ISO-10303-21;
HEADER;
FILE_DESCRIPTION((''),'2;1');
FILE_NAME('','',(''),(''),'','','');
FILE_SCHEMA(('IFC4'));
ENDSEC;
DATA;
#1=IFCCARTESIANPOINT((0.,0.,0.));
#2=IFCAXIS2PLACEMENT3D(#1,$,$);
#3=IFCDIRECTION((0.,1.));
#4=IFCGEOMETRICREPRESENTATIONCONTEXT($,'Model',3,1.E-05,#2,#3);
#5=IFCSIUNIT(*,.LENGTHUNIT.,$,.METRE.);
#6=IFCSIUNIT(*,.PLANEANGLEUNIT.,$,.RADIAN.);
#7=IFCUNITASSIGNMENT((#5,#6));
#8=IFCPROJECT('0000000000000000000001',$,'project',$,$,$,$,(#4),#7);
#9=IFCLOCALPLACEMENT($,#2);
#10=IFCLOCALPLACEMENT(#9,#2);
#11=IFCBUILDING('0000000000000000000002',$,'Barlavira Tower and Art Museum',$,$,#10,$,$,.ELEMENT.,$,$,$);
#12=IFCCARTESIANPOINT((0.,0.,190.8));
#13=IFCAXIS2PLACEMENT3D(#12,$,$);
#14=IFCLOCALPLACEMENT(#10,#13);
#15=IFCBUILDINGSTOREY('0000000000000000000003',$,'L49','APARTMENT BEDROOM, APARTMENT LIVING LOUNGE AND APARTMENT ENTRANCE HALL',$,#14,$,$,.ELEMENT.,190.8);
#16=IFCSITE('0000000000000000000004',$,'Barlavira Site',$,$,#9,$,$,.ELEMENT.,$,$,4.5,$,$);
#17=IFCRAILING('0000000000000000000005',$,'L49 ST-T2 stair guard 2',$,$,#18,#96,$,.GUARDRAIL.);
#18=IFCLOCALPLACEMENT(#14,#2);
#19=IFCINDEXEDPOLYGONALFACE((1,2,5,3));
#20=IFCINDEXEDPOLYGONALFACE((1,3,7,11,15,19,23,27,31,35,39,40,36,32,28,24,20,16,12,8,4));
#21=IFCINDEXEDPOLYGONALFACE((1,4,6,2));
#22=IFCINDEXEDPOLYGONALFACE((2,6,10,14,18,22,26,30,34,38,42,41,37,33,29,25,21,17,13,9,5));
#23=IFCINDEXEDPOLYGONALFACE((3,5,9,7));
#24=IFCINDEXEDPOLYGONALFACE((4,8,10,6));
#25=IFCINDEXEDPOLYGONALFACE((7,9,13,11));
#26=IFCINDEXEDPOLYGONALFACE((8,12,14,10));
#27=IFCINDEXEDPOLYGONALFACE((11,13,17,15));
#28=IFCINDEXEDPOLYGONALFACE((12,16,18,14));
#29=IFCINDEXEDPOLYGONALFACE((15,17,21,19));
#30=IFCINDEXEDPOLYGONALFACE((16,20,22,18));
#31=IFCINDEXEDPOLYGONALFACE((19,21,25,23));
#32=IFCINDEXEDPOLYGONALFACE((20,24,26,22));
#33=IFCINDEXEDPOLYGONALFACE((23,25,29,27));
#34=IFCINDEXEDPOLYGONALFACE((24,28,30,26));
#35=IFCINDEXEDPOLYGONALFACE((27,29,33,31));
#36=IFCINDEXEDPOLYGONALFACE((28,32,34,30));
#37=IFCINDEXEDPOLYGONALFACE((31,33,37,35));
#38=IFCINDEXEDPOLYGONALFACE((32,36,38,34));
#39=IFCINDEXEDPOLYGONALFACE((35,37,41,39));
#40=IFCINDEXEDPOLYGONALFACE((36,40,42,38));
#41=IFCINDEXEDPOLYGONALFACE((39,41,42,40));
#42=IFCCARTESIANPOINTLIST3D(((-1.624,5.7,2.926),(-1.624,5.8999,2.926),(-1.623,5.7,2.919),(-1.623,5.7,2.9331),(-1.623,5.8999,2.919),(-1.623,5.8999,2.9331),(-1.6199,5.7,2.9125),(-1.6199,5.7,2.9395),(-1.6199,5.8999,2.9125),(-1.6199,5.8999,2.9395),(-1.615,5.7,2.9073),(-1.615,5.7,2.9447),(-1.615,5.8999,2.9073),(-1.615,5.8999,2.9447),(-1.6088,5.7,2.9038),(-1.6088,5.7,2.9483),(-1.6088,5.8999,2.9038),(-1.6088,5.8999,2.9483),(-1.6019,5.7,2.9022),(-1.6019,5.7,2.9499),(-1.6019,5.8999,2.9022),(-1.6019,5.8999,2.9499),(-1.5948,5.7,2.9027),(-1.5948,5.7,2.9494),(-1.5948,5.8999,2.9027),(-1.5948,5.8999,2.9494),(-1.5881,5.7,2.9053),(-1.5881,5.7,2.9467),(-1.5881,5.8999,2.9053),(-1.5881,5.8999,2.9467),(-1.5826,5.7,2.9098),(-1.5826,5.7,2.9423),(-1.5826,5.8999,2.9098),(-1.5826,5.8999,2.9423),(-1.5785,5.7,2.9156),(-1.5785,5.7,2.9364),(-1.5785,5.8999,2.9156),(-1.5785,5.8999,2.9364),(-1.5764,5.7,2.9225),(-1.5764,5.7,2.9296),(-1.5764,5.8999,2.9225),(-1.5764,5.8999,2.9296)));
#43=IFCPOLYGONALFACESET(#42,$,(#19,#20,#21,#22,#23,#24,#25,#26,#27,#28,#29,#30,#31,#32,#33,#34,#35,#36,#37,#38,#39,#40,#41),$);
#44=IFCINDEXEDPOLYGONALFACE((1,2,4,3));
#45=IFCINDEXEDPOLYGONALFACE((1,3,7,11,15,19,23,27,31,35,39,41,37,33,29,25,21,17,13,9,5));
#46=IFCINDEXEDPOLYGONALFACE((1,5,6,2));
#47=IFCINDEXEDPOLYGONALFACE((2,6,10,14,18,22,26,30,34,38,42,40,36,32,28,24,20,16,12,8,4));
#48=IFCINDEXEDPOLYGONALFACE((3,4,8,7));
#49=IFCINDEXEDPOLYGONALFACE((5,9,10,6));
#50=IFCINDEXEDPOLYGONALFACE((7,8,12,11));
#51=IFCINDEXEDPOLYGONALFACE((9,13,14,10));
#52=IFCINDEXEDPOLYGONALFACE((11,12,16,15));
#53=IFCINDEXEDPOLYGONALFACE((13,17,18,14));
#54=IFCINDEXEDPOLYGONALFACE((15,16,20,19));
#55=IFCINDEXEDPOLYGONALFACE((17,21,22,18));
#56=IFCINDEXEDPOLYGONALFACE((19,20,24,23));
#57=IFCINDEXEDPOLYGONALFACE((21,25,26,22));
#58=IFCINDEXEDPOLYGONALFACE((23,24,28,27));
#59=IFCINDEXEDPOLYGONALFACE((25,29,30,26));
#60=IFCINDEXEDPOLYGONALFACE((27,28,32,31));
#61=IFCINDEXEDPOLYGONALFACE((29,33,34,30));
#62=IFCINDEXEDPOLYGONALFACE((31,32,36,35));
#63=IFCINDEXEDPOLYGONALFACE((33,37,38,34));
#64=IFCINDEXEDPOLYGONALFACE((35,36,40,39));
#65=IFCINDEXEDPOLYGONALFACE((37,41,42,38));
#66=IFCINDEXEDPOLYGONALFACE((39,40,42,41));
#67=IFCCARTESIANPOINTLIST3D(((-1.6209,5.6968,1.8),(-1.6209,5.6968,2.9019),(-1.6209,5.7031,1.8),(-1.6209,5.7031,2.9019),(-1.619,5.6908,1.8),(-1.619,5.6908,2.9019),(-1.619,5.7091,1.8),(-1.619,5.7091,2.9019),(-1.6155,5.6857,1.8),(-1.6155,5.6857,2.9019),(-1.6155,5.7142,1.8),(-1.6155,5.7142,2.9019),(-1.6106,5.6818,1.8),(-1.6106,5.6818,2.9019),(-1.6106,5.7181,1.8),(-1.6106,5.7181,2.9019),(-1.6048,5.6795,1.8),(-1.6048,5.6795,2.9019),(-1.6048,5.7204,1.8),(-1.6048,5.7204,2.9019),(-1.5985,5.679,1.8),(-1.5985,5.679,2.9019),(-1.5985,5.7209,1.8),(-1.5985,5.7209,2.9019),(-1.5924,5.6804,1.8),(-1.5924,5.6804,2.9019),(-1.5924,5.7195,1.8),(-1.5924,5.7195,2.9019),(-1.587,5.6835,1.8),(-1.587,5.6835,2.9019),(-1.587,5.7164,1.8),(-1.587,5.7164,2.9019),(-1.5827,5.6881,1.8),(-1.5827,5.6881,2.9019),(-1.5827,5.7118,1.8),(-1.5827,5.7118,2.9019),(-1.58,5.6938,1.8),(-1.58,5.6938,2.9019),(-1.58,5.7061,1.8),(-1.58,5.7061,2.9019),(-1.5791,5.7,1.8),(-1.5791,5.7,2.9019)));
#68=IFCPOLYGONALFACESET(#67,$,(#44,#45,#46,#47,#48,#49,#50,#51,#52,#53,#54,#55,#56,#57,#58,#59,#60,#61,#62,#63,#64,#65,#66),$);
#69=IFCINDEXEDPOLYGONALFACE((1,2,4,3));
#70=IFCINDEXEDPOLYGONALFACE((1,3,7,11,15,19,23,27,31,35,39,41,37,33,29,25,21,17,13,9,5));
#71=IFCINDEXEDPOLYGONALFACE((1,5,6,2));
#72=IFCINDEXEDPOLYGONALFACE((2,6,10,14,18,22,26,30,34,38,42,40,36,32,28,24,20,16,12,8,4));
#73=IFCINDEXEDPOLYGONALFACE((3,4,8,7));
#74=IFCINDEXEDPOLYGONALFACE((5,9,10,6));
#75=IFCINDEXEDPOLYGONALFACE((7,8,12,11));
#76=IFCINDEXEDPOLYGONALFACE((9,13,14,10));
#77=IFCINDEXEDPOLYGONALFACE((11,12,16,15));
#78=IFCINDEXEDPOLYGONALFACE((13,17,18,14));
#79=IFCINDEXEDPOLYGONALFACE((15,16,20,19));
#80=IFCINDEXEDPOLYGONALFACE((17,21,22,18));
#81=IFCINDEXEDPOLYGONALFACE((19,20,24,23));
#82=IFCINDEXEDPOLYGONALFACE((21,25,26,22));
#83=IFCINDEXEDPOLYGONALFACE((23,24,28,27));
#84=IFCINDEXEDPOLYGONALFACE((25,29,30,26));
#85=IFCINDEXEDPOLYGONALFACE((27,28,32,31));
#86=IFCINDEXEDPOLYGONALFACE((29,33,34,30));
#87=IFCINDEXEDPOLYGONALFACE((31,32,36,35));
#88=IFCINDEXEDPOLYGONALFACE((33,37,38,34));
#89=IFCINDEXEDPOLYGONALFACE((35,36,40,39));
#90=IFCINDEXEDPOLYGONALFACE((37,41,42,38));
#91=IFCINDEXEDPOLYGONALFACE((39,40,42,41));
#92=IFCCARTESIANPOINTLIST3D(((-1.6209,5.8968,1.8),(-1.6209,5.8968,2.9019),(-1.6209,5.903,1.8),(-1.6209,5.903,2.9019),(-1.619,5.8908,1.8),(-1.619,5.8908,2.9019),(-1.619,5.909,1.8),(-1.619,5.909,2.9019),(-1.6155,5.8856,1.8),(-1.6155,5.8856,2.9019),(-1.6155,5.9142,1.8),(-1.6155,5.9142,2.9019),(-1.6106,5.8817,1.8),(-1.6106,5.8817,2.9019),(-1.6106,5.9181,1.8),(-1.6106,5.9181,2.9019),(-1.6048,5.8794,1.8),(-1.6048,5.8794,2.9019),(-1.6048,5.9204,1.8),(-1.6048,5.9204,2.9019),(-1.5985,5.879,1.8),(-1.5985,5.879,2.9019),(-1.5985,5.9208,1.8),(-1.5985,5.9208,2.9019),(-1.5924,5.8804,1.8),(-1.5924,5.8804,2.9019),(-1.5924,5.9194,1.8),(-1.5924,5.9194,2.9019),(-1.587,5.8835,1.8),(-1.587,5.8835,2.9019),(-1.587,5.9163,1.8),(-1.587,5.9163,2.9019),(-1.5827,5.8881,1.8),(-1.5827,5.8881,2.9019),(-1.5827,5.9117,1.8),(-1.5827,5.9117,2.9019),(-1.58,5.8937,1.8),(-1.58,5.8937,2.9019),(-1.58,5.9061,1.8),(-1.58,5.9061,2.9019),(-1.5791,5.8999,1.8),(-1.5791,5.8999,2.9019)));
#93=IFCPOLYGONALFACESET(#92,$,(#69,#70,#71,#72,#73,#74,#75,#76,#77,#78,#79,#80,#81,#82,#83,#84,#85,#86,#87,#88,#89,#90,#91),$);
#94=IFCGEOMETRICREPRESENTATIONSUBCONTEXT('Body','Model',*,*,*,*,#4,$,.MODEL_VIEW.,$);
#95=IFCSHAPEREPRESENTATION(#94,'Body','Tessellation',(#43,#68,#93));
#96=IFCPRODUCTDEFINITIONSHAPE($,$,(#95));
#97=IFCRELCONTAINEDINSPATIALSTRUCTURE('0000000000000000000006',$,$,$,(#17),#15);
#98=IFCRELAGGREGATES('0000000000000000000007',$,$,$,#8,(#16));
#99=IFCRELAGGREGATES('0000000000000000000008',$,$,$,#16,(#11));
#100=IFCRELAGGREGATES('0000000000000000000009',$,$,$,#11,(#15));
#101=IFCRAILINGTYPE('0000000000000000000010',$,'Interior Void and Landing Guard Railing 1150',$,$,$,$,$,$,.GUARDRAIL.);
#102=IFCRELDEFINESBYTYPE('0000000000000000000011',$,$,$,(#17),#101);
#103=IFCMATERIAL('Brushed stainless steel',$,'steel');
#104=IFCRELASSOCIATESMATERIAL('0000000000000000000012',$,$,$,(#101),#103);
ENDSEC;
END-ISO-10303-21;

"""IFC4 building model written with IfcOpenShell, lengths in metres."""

from ifc_helpers import new_model, si_unit, direction, frame, origin, origin_2d, place, context, subcontext, project, spatial, circle, extrude, material, type_object, element, save


model = new_model("IFC4")

# Units and contexts
model_context = context("Model", 3, precision=1e-05, world=origin(), true_north=direction((0.0, 1.0)))
body_context = subcontext(model_context, "Body", "Model", "MODEL_VIEW")
ifc_project = project(units=[si_unit("LENGTHUNIT", "METRE"), si_unit("PLANEANGLEUNIT", "RADIAN")], contexts=[model_context])

# Site, building, storey
site_placement = place(None, origin())
site = spatial("IfcSite", under=ifc_project, at=site_placement, Name="Barlavira Site", CompositionType="ELEMENT", RefElevation=4.5)
building_placement = place(site_placement, origin())
building = spatial("IfcBuilding", under=site, at=building_placement, Name="Barlavira Tower and Art Museum", CompositionType="ELEMENT")
storey_placement = place(building_placement, frame((0.0, 0.0, 190.8)))
storey = spatial("IfcBuildingStorey", under=building, at=storey_placement, Name="L49", Description="APARTMENT BEDROOM, APARTMENT LIVING LOUNGE AND APARTMENT ENTRANCE HALL", CompositionType="ELEMENT", Elevation=190.8)

# Shared definitions
ifc_material_1 = material(Name="Brushed stainless steel", Category="steel")

# Railing
railing_type_1 = type_object("IfcRailingType", Name="Interior Void and Landing Guard Railing 1150", PredefinedType="GUARDRAIL", material=ifc_material_1)
railing_1_placement = place(storey_placement, frame((-1.6001, 5.7, 1.8)))
element("IfcRailing", 1, at=railing_1_placement, inside=storey, type_object=railing_type_1, Name="L49 ST-T2 stair guard 2", PredefinedType="GUARDRAIL", context=body_context, shape_type="SweptSolid", body=[
    extrude(circle(Radius=0.0239, at=origin_2d()), frame((0.0, 0.0, 1.126), z_axis=(0.0, 1.0, 0.0), x_axis=(-1.0, 0.0, 0.0)), (0.0, 0.0, 1.0), 0.2),
    extrude(circle(Radius=0.021, at=origin_2d()), origin(), (0.0, 0.0, 1.0), 1.1018),
    extrude(circle(Radius=0.021, at=origin_2d()), frame((0.0, 0.2, 0.0)), (0.0, 0.0, 1.0), 1.1018),
])

save(model, "model.ifc")
